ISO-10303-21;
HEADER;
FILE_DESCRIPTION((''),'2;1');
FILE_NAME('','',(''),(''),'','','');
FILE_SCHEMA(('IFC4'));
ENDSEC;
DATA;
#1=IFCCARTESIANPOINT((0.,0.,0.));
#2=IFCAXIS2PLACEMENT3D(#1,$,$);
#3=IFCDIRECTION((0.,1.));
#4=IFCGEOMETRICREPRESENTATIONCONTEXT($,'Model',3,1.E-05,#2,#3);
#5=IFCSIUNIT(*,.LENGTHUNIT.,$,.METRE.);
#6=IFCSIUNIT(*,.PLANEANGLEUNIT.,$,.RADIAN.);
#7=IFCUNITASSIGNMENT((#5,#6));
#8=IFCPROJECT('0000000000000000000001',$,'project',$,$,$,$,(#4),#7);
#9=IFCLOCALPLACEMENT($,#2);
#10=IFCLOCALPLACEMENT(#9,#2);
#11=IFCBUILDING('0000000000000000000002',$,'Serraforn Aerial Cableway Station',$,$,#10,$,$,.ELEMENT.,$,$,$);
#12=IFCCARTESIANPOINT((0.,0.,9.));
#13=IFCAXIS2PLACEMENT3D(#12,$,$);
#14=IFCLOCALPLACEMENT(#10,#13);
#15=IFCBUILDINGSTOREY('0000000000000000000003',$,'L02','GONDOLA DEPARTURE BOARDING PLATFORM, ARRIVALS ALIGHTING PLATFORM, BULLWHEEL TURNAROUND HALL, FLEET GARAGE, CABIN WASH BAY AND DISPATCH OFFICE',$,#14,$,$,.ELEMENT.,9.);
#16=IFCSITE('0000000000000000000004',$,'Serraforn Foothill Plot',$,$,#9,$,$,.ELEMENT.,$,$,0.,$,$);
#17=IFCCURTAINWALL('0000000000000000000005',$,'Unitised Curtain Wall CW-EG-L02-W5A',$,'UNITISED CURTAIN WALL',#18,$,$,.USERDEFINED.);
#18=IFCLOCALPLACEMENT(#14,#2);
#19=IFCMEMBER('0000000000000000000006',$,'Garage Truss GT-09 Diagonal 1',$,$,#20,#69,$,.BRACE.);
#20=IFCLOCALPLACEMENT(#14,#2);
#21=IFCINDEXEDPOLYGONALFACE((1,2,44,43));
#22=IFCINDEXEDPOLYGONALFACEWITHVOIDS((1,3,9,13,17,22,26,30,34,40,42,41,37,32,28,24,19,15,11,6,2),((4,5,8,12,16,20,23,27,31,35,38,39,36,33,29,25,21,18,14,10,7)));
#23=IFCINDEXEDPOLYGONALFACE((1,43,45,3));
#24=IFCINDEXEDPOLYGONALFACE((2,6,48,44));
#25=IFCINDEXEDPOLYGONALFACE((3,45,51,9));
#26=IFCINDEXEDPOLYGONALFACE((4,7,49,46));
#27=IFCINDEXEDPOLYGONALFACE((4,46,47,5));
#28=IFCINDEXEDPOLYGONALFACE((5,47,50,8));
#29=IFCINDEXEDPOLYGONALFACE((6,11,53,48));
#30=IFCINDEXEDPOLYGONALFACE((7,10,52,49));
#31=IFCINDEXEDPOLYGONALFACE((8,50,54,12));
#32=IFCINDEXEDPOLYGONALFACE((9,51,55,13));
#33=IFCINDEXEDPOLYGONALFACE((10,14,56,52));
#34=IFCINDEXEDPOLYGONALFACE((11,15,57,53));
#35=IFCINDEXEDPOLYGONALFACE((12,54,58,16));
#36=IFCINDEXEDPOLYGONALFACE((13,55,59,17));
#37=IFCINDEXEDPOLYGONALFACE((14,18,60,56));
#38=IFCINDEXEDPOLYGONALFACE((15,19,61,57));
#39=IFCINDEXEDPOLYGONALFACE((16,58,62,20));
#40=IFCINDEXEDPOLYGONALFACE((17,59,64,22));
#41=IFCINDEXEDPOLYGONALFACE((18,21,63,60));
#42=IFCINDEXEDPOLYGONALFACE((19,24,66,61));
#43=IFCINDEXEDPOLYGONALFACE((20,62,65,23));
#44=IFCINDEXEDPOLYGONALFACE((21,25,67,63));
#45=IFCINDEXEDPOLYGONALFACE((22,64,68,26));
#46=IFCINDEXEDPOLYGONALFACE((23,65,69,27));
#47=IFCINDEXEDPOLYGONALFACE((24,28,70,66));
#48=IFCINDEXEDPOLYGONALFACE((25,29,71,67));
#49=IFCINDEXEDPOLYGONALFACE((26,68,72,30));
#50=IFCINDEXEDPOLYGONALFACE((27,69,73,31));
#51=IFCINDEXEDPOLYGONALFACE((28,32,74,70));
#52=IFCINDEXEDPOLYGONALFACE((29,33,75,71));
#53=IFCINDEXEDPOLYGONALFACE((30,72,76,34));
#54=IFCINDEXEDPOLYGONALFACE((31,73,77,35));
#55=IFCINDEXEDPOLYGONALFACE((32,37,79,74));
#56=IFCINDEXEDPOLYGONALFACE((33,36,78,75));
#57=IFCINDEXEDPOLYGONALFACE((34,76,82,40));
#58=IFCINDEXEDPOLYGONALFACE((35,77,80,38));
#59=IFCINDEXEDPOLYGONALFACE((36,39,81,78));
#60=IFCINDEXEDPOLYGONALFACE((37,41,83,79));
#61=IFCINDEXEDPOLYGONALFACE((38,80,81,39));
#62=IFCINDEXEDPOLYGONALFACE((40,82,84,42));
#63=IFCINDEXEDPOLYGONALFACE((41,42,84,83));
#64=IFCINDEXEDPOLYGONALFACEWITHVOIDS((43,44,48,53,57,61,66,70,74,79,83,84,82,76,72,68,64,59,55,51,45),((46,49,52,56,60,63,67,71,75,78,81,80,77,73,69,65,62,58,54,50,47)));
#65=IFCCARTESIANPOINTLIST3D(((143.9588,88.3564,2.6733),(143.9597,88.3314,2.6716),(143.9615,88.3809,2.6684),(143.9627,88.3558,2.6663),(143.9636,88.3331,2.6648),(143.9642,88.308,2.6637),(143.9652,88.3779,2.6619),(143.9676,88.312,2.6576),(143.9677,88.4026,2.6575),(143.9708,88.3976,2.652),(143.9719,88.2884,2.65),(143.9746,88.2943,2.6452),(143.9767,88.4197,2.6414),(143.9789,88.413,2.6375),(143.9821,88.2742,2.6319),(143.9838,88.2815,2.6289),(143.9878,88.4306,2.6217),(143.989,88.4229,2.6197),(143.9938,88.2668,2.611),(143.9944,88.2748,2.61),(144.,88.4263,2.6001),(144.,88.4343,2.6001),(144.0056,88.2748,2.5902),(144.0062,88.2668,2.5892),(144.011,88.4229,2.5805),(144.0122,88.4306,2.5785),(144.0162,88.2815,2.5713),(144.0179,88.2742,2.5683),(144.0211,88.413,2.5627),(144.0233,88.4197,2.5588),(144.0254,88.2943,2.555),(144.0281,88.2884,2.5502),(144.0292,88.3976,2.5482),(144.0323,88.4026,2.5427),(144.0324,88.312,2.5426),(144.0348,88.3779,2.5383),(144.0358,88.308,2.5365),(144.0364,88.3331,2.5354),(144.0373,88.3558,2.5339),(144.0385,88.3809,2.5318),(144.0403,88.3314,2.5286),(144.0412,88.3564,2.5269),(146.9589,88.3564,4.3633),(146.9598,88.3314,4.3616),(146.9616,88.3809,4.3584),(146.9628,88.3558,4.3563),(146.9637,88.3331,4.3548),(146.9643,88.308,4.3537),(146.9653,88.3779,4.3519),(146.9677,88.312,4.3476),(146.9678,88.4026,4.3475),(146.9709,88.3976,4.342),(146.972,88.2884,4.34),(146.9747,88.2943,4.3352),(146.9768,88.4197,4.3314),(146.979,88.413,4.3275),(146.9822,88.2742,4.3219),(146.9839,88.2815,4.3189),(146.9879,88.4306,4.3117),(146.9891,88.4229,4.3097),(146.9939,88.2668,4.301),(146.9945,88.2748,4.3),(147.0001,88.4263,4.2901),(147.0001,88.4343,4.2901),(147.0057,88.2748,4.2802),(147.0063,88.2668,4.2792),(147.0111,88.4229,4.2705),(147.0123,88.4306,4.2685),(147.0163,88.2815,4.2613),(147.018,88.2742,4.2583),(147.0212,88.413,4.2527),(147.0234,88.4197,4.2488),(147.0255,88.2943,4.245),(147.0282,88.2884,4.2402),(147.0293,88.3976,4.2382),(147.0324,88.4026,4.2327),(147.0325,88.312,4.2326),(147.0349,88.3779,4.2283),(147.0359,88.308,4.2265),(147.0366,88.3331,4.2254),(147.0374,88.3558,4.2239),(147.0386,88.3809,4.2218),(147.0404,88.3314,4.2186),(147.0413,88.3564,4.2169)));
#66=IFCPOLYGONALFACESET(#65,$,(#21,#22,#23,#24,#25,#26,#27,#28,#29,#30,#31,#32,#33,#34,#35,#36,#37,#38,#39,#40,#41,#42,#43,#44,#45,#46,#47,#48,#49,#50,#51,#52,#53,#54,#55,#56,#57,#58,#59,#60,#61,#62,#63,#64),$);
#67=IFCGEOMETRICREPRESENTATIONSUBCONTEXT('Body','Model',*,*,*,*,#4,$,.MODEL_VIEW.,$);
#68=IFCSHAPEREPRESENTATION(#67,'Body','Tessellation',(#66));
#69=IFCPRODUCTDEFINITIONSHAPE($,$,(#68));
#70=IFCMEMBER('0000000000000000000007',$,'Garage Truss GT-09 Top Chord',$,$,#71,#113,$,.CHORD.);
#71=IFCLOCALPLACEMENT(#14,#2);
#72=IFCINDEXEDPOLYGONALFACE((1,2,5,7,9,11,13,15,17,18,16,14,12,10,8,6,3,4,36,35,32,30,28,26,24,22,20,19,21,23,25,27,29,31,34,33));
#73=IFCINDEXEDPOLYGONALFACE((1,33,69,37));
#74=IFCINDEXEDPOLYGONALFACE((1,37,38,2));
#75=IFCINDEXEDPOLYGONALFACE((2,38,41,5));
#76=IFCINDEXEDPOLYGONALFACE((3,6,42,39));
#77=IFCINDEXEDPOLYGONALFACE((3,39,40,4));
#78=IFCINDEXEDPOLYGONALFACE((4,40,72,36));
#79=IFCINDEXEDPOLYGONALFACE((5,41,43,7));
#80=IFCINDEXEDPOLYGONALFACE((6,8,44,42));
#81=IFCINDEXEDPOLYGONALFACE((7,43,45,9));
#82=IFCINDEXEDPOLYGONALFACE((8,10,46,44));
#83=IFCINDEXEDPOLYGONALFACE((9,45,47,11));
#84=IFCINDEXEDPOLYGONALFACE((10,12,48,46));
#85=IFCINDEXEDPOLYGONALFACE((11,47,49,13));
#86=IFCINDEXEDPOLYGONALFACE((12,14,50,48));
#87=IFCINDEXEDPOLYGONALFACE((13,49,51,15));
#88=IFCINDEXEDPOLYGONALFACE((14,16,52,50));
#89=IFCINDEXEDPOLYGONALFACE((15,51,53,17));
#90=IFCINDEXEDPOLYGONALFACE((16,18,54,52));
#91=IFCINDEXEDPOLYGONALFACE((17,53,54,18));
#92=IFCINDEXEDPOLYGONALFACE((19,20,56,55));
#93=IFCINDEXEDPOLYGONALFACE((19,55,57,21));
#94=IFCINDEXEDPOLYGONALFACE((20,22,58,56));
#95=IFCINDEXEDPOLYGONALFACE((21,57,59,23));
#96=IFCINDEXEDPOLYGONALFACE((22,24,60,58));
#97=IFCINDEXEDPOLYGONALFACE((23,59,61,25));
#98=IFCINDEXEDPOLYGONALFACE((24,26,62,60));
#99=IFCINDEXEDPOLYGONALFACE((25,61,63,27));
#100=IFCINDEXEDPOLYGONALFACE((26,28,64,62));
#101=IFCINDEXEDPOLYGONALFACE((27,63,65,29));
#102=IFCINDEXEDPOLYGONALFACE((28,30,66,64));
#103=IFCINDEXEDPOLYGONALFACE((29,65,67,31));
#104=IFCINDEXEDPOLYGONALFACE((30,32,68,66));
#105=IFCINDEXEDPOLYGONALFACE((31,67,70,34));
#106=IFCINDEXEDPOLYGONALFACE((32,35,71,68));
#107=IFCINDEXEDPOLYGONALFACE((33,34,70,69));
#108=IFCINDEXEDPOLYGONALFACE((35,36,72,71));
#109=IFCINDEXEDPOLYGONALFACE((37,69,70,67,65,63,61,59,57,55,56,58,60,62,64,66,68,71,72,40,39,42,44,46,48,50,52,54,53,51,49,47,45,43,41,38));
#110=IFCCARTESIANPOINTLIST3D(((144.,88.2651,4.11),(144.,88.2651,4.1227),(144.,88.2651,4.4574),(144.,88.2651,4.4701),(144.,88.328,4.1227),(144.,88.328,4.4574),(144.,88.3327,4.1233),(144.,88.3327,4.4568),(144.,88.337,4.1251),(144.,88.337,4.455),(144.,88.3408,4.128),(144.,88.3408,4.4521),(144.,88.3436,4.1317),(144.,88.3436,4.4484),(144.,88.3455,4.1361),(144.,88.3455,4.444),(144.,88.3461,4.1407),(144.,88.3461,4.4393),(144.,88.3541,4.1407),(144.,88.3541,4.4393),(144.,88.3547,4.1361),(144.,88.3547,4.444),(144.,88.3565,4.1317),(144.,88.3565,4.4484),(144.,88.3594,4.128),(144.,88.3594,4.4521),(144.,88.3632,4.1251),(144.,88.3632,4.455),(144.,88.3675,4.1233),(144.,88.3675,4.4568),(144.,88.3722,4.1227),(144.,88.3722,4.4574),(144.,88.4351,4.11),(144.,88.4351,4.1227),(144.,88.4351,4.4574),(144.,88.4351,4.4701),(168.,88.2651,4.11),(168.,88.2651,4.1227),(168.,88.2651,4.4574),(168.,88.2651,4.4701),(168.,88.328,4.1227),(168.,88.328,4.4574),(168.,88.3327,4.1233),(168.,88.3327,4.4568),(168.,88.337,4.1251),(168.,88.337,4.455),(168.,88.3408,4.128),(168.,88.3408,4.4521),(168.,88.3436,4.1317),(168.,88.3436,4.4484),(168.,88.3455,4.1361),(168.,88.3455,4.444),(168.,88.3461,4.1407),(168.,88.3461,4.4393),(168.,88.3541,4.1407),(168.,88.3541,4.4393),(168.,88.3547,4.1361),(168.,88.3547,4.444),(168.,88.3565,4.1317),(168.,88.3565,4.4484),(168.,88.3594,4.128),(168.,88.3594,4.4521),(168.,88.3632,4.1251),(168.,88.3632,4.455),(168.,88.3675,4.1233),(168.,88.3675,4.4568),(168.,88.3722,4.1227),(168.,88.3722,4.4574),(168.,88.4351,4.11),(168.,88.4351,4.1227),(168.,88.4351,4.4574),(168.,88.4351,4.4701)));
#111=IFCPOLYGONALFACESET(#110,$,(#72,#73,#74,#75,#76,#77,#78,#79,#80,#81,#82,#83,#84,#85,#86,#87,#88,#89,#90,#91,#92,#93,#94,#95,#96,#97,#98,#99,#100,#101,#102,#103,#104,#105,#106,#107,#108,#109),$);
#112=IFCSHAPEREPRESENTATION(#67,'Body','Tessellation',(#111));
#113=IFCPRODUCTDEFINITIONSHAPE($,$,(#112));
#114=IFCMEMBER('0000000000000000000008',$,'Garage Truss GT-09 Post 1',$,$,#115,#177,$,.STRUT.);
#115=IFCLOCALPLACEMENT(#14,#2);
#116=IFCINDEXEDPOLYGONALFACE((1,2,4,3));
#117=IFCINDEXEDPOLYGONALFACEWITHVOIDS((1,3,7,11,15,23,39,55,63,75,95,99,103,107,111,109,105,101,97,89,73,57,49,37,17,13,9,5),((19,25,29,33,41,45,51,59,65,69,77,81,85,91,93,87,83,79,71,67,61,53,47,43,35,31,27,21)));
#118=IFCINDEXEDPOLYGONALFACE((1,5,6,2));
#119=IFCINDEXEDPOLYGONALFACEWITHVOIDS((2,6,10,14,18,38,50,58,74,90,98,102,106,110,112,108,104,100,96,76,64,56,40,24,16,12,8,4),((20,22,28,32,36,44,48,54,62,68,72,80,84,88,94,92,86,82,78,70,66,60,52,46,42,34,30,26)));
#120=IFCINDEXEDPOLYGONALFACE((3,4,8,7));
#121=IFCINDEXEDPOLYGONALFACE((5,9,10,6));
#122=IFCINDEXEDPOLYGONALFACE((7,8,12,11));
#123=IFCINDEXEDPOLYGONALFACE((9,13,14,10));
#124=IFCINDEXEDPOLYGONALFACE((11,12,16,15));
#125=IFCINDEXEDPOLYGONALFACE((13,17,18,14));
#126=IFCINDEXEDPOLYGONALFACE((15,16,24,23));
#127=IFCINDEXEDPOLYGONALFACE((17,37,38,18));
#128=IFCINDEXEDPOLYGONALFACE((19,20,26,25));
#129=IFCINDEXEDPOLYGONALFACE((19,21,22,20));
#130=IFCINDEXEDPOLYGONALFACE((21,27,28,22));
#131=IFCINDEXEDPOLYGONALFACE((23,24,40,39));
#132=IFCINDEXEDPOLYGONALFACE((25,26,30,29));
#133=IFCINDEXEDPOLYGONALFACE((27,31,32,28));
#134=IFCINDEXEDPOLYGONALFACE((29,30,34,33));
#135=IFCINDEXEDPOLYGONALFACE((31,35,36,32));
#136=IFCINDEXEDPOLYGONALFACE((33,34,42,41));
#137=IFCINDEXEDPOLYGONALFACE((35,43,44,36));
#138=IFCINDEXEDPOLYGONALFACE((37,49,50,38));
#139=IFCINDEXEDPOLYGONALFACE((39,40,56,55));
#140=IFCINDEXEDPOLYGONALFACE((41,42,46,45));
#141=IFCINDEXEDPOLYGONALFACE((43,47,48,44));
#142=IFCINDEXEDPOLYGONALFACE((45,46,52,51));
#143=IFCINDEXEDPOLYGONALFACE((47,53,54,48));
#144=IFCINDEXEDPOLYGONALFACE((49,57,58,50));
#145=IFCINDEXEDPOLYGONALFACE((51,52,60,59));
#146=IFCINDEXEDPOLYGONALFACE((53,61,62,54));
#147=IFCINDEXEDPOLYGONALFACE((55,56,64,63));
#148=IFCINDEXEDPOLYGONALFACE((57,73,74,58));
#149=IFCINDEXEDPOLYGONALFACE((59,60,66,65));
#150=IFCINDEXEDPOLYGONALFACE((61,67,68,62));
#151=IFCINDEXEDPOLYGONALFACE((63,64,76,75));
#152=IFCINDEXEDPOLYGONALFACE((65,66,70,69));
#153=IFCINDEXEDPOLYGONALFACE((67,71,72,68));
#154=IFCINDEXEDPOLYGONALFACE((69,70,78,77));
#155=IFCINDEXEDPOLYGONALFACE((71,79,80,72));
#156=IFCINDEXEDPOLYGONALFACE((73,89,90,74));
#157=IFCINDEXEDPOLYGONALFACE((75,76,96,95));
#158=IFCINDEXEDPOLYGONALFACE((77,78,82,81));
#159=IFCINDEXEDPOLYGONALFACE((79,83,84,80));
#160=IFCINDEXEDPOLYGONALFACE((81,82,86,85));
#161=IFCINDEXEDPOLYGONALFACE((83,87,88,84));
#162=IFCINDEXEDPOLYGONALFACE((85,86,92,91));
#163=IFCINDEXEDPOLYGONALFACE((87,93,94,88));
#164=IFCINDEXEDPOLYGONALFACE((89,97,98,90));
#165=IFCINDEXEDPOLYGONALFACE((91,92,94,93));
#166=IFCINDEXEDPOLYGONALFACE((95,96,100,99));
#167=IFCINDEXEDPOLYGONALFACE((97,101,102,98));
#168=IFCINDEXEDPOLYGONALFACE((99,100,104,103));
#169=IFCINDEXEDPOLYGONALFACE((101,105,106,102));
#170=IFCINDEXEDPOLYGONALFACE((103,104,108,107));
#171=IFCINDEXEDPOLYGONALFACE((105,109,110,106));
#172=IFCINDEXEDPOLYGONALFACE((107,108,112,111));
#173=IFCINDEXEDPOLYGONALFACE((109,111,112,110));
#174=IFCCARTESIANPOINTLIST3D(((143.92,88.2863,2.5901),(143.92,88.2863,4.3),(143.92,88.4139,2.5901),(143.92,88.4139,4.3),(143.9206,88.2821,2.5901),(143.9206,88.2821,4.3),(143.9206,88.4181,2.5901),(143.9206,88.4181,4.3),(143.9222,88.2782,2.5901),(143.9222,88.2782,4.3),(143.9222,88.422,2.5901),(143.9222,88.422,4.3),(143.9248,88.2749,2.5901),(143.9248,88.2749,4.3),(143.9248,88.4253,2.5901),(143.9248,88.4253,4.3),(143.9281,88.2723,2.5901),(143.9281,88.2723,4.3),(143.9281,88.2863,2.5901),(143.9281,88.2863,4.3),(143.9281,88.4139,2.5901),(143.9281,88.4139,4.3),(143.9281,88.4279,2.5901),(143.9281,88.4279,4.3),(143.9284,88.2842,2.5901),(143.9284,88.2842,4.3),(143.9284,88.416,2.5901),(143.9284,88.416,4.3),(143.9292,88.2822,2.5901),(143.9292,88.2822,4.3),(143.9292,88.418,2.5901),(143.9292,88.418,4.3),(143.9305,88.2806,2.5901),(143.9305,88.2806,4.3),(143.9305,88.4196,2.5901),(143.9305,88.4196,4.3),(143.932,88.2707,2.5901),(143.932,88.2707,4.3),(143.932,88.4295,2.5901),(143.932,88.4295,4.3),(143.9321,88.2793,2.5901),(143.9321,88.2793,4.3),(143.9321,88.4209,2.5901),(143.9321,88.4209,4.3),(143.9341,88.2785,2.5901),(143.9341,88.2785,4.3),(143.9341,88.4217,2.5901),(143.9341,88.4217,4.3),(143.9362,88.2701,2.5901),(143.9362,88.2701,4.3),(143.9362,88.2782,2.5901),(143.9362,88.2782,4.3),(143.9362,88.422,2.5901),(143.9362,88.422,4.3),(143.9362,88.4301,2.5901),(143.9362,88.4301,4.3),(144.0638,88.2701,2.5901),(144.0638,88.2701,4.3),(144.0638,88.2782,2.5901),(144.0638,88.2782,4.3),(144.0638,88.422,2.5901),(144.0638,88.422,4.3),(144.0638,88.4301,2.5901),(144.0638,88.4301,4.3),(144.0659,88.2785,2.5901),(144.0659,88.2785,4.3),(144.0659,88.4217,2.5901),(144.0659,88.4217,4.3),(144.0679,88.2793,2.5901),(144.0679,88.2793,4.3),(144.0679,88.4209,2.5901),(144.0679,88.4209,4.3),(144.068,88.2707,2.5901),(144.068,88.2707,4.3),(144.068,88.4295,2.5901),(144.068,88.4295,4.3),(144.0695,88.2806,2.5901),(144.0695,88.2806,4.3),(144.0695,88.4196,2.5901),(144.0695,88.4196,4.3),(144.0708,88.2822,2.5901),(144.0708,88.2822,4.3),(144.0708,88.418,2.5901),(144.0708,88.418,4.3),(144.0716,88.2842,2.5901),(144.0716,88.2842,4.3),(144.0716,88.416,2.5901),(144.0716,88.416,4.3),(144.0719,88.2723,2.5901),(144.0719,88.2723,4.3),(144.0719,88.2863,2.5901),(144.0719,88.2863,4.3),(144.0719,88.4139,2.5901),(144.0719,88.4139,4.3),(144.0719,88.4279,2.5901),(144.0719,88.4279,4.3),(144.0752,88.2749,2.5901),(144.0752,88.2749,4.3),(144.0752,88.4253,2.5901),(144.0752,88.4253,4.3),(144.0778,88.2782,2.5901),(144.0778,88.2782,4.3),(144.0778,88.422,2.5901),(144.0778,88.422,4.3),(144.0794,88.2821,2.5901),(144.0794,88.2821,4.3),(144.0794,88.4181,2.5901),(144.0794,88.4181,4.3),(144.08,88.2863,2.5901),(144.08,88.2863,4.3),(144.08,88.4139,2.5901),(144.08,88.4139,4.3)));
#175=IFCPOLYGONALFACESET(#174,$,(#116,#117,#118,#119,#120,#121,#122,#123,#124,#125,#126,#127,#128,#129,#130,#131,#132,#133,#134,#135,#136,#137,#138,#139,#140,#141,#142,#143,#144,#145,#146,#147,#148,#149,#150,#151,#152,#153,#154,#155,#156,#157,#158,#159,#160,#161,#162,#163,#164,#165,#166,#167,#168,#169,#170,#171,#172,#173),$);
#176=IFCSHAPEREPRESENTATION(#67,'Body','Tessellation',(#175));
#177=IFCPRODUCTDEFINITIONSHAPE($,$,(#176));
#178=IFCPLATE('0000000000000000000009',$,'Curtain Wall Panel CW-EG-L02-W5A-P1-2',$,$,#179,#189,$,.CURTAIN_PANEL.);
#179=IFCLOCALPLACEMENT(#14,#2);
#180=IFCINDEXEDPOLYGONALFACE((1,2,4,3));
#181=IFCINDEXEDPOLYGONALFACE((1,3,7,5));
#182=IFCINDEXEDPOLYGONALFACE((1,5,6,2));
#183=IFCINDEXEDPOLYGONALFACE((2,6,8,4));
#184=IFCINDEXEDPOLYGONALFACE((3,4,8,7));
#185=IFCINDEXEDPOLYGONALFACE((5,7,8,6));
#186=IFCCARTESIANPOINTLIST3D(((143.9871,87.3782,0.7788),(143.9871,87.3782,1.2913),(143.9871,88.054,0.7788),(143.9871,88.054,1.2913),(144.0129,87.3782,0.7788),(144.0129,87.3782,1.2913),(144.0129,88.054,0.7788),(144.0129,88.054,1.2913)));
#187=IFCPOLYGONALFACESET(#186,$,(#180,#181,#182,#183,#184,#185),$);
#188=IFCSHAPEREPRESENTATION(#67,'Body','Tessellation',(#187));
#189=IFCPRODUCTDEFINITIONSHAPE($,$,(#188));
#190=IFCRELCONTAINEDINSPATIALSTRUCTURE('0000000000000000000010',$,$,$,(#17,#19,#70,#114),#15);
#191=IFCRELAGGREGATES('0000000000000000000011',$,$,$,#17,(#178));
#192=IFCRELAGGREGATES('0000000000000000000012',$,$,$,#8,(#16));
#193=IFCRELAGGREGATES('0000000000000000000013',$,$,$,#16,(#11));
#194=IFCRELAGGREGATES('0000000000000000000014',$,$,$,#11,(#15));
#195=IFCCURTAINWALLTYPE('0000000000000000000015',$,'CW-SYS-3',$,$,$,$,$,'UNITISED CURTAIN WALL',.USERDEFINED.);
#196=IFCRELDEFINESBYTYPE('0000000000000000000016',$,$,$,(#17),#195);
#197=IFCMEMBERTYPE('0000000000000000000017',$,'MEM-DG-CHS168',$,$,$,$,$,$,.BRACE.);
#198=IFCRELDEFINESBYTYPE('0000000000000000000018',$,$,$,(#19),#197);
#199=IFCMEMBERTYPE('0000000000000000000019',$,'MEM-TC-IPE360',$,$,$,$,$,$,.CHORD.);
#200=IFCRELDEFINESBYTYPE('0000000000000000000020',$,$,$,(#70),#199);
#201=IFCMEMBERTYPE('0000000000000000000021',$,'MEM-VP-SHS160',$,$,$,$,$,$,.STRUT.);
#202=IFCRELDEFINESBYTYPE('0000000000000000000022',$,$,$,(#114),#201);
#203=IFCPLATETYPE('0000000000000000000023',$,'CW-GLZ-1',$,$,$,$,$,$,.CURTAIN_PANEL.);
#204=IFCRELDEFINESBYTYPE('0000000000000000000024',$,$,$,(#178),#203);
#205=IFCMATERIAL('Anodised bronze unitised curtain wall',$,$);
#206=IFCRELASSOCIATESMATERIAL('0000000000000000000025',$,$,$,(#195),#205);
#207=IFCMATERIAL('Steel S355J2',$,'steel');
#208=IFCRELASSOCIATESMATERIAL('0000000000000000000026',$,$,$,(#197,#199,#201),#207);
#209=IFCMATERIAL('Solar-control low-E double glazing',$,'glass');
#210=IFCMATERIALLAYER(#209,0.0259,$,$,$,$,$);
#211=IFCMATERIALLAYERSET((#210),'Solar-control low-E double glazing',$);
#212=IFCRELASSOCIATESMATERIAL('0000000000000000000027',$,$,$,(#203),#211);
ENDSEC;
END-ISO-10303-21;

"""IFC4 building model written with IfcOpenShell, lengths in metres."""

from ifc_helpers import new_model, si_unit, direction, frame, origin, origin_2d, place, context, subcontext, project, spatial, rectangle, hollow_rectangle, hollow_circle, i_section, extrude, material, layer, layer_set, material_profile, profile_set, type_object, element, aggregate, save


model = new_model("IFC4")

# Units and contexts
model_context = context("Model", 3, precision=1e-05, world=origin(), true_north=direction((0.0, 1.0)))
body_context = subcontext(model_context, "Body", "Model", "MODEL_VIEW")
ifc_project = project(units=[si_unit("LENGTHUNIT", "METRE"), si_unit("PLANEANGLEUNIT", "RADIAN")], contexts=[model_context])

# Site, building, storey
site_placement = place(None, origin())
site = spatial("IfcSite", under=ifc_project, at=site_placement, Name="Serraforn Foothill Plot", CompositionType="ELEMENT", RefElevation=0.0)
building_placement = place(site_placement, origin())
building = spatial("IfcBuilding", under=site, at=building_placement, Name="Serraforn Aerial Cableway Station", CompositionType="ELEMENT")
storey_placement = place(building_placement, frame((0.0, 0.0, 9.0)))
storey = spatial("IfcBuildingStorey", under=building, at=storey_placement, Name="L02", Description="GONDOLA DEPARTURE BOARDING PLATFORM, ARRIVALS ALIGHTING PLATFORM, BULLWHEEL TURNAROUND HALL, FLEET GARAGE, CABIN WASH BAY AND DISPATCH OFFICE", CompositionType="ELEMENT", Elevation=9.0)

# Shared definitions
ifc_material_1 = material(Name="Steel S355J2", Category="steel")

# Curtain wall
ifc_material_2 = material(Name="Anodised bronze unitised curtain wall")
curtain_wall_type_1 = type_object("IfcCurtainWallType", Name="CW-SYS-3", ElementType="UNITISED CURTAIN WALL", PredefinedType="USERDEFINED", material=ifc_material_2)
curtain_wall_1_placement = place(storey_placement, origin())
curtain_wall_1 = element("IfcCurtainWall", 1, at=curtain_wall_1_placement, inside=storey, type_object=curtain_wall_type_1, Name="Unitised Curtain Wall CW-EG-L02-W5A", ObjectType="UNITISED CURTAIN WALL", PredefinedType="USERDEFINED")

# Members
ifc_material_profile_1 = material_profile(ifc_material_1, hollow_circle(Radius=0.0842, WallThickness=0.0081, at=origin_2d()), Name="CHS 168.3x8.0")
ifc_profile_set_1 = profile_set([ifc_material_profile_1], Name="Steel S355J2")
member_type_1 = type_object("IfcMemberType", Name="MEM-DG-CHS168", PredefinedType="BRACE", material=ifc_profile_set_1)
member_1_placement = place(storey_placement, frame((144.0, 88.3501, 2.6001), z_axis=(0.871272, 0.0, 0.4908), x_axis=(0.0, 1.0, 0.0)))
element("IfcMember", 2, at=member_1_placement, inside=storey, type_object=member_type_1, Name="Garage Truss GT-09 Diagonal 1", PredefinedType="BRACE", context=body_context, shape_type="SweptSolid", body=[
    extrude(hollow_circle(Radius=0.0842, WallThickness=0.0081, at=origin_2d()), origin(), (0.0, 0.0, 1.0), 3.4434),
])
ifc_material_profile_2 = material_profile(ifc_material_1, i_section(OverallWidth=0.1699, OverallDepth=0.3601, WebThickness=0.0081, FlangeThickness=0.0127, FilletRadius=0.0181, at=origin_2d()), Name="IPE 360")
ifc_profile_set_2 = profile_set([ifc_material_profile_2], Name="Steel S355J2")
member_type_2 = type_object("IfcMemberType", Name="MEM-TC-IPE360", PredefinedType="CHORD", material=ifc_profile_set_2)
member_2_placement = place(storey_placement, frame((144.0, 88.3501, 4.29), z_axis=(1.0, 0.0, 0.0), x_axis=(0.0, 1.0, 0.0)))
element("IfcMember", 3, at=member_2_placement, inside=storey, type_object=member_type_2, Name="Garage Truss GT-09 Top Chord", PredefinedType="CHORD", context=body_context, shape_type="SweptSolid", body=[
    extrude(i_section(OverallWidth=0.1699, OverallDepth=0.3601, WebThickness=0.0081, FlangeThickness=0.0127, FilletRadius=0.0181, at=origin_2d()), origin(), (0.0, 0.0, 1.0), 24.0),
])
ifc_material_profile_3 = material_profile(ifc_material_1, hollow_rectangle(XDim=0.1599, YDim=0.1599, WallThickness=0.0081, InnerFilletRadius=0.0081, OuterFilletRadius=0.0161, at=origin_2d()), Name="SHS 160x160x8.0")
ifc_profile_set_3 = profile_set([ifc_material_profile_3], Name="Steel S355J2")
member_type_3 = type_object("IfcMemberType", Name="MEM-VP-SHS160", PredefinedType="STRUT", material=ifc_profile_set_3)
member_3_placement = place(storey_placement, frame((144.0, 88.3501, 2.5901), z_axis=(0.0, 0.0, 1.0), x_axis=(1.0, 0.0, 0.0)))
element("IfcMember", 4, at=member_3_placement, inside=storey, type_object=member_type_3, Name="Garage Truss GT-09 Post 1", PredefinedType="STRUT", context=body_context, shape_type="SweptSolid", body=[
    extrude(hollow_rectangle(XDim=0.1599, YDim=0.1599, WallThickness=0.0081, InnerFilletRadius=0.0081, OuterFilletRadius=0.0161, at=origin_2d()), origin(), (0.0, 0.0, 1.0), 1.71),
])

# Plate
ifc_material_3 = material(Name="Solar-control low-E double glazing", Category="glass")
ifc_layer_1 = layer(ifc_material_3, 0.0259)
ifc_layer_set_1 = layer_set([ifc_layer_1], Name="Solar-control low-E double glazing")
plate_type_1 = type_object("IfcPlateType", Name="CW-GLZ-1", PredefinedType="CURTAIN_PANEL", material=ifc_layer_set_1)
plate_1_placement = place(storey_placement, frame((144.0, 87.7161, 0.7788), z_axis=(0.0, 0.0, 1.0), x_axis=(1.0, 0.0, 0.0)))
plate_1 = element("IfcPlate", 5, at=plate_1_placement, type_object=plate_type_1, Name="Curtain Wall Panel CW-EG-L02-W5A-P1-2", PredefinedType="CURTAIN_PANEL", context=body_context, shape_type="SweptSolid", body=[
    extrude(rectangle(XDim=0.0259, YDim=0.6758, at=origin_2d()), origin(), (0.0, 0.0, 1.0), 0.5125),
])
aggregate(curtain_wall_1, [plate_1])

save(model, "model.ifc")
